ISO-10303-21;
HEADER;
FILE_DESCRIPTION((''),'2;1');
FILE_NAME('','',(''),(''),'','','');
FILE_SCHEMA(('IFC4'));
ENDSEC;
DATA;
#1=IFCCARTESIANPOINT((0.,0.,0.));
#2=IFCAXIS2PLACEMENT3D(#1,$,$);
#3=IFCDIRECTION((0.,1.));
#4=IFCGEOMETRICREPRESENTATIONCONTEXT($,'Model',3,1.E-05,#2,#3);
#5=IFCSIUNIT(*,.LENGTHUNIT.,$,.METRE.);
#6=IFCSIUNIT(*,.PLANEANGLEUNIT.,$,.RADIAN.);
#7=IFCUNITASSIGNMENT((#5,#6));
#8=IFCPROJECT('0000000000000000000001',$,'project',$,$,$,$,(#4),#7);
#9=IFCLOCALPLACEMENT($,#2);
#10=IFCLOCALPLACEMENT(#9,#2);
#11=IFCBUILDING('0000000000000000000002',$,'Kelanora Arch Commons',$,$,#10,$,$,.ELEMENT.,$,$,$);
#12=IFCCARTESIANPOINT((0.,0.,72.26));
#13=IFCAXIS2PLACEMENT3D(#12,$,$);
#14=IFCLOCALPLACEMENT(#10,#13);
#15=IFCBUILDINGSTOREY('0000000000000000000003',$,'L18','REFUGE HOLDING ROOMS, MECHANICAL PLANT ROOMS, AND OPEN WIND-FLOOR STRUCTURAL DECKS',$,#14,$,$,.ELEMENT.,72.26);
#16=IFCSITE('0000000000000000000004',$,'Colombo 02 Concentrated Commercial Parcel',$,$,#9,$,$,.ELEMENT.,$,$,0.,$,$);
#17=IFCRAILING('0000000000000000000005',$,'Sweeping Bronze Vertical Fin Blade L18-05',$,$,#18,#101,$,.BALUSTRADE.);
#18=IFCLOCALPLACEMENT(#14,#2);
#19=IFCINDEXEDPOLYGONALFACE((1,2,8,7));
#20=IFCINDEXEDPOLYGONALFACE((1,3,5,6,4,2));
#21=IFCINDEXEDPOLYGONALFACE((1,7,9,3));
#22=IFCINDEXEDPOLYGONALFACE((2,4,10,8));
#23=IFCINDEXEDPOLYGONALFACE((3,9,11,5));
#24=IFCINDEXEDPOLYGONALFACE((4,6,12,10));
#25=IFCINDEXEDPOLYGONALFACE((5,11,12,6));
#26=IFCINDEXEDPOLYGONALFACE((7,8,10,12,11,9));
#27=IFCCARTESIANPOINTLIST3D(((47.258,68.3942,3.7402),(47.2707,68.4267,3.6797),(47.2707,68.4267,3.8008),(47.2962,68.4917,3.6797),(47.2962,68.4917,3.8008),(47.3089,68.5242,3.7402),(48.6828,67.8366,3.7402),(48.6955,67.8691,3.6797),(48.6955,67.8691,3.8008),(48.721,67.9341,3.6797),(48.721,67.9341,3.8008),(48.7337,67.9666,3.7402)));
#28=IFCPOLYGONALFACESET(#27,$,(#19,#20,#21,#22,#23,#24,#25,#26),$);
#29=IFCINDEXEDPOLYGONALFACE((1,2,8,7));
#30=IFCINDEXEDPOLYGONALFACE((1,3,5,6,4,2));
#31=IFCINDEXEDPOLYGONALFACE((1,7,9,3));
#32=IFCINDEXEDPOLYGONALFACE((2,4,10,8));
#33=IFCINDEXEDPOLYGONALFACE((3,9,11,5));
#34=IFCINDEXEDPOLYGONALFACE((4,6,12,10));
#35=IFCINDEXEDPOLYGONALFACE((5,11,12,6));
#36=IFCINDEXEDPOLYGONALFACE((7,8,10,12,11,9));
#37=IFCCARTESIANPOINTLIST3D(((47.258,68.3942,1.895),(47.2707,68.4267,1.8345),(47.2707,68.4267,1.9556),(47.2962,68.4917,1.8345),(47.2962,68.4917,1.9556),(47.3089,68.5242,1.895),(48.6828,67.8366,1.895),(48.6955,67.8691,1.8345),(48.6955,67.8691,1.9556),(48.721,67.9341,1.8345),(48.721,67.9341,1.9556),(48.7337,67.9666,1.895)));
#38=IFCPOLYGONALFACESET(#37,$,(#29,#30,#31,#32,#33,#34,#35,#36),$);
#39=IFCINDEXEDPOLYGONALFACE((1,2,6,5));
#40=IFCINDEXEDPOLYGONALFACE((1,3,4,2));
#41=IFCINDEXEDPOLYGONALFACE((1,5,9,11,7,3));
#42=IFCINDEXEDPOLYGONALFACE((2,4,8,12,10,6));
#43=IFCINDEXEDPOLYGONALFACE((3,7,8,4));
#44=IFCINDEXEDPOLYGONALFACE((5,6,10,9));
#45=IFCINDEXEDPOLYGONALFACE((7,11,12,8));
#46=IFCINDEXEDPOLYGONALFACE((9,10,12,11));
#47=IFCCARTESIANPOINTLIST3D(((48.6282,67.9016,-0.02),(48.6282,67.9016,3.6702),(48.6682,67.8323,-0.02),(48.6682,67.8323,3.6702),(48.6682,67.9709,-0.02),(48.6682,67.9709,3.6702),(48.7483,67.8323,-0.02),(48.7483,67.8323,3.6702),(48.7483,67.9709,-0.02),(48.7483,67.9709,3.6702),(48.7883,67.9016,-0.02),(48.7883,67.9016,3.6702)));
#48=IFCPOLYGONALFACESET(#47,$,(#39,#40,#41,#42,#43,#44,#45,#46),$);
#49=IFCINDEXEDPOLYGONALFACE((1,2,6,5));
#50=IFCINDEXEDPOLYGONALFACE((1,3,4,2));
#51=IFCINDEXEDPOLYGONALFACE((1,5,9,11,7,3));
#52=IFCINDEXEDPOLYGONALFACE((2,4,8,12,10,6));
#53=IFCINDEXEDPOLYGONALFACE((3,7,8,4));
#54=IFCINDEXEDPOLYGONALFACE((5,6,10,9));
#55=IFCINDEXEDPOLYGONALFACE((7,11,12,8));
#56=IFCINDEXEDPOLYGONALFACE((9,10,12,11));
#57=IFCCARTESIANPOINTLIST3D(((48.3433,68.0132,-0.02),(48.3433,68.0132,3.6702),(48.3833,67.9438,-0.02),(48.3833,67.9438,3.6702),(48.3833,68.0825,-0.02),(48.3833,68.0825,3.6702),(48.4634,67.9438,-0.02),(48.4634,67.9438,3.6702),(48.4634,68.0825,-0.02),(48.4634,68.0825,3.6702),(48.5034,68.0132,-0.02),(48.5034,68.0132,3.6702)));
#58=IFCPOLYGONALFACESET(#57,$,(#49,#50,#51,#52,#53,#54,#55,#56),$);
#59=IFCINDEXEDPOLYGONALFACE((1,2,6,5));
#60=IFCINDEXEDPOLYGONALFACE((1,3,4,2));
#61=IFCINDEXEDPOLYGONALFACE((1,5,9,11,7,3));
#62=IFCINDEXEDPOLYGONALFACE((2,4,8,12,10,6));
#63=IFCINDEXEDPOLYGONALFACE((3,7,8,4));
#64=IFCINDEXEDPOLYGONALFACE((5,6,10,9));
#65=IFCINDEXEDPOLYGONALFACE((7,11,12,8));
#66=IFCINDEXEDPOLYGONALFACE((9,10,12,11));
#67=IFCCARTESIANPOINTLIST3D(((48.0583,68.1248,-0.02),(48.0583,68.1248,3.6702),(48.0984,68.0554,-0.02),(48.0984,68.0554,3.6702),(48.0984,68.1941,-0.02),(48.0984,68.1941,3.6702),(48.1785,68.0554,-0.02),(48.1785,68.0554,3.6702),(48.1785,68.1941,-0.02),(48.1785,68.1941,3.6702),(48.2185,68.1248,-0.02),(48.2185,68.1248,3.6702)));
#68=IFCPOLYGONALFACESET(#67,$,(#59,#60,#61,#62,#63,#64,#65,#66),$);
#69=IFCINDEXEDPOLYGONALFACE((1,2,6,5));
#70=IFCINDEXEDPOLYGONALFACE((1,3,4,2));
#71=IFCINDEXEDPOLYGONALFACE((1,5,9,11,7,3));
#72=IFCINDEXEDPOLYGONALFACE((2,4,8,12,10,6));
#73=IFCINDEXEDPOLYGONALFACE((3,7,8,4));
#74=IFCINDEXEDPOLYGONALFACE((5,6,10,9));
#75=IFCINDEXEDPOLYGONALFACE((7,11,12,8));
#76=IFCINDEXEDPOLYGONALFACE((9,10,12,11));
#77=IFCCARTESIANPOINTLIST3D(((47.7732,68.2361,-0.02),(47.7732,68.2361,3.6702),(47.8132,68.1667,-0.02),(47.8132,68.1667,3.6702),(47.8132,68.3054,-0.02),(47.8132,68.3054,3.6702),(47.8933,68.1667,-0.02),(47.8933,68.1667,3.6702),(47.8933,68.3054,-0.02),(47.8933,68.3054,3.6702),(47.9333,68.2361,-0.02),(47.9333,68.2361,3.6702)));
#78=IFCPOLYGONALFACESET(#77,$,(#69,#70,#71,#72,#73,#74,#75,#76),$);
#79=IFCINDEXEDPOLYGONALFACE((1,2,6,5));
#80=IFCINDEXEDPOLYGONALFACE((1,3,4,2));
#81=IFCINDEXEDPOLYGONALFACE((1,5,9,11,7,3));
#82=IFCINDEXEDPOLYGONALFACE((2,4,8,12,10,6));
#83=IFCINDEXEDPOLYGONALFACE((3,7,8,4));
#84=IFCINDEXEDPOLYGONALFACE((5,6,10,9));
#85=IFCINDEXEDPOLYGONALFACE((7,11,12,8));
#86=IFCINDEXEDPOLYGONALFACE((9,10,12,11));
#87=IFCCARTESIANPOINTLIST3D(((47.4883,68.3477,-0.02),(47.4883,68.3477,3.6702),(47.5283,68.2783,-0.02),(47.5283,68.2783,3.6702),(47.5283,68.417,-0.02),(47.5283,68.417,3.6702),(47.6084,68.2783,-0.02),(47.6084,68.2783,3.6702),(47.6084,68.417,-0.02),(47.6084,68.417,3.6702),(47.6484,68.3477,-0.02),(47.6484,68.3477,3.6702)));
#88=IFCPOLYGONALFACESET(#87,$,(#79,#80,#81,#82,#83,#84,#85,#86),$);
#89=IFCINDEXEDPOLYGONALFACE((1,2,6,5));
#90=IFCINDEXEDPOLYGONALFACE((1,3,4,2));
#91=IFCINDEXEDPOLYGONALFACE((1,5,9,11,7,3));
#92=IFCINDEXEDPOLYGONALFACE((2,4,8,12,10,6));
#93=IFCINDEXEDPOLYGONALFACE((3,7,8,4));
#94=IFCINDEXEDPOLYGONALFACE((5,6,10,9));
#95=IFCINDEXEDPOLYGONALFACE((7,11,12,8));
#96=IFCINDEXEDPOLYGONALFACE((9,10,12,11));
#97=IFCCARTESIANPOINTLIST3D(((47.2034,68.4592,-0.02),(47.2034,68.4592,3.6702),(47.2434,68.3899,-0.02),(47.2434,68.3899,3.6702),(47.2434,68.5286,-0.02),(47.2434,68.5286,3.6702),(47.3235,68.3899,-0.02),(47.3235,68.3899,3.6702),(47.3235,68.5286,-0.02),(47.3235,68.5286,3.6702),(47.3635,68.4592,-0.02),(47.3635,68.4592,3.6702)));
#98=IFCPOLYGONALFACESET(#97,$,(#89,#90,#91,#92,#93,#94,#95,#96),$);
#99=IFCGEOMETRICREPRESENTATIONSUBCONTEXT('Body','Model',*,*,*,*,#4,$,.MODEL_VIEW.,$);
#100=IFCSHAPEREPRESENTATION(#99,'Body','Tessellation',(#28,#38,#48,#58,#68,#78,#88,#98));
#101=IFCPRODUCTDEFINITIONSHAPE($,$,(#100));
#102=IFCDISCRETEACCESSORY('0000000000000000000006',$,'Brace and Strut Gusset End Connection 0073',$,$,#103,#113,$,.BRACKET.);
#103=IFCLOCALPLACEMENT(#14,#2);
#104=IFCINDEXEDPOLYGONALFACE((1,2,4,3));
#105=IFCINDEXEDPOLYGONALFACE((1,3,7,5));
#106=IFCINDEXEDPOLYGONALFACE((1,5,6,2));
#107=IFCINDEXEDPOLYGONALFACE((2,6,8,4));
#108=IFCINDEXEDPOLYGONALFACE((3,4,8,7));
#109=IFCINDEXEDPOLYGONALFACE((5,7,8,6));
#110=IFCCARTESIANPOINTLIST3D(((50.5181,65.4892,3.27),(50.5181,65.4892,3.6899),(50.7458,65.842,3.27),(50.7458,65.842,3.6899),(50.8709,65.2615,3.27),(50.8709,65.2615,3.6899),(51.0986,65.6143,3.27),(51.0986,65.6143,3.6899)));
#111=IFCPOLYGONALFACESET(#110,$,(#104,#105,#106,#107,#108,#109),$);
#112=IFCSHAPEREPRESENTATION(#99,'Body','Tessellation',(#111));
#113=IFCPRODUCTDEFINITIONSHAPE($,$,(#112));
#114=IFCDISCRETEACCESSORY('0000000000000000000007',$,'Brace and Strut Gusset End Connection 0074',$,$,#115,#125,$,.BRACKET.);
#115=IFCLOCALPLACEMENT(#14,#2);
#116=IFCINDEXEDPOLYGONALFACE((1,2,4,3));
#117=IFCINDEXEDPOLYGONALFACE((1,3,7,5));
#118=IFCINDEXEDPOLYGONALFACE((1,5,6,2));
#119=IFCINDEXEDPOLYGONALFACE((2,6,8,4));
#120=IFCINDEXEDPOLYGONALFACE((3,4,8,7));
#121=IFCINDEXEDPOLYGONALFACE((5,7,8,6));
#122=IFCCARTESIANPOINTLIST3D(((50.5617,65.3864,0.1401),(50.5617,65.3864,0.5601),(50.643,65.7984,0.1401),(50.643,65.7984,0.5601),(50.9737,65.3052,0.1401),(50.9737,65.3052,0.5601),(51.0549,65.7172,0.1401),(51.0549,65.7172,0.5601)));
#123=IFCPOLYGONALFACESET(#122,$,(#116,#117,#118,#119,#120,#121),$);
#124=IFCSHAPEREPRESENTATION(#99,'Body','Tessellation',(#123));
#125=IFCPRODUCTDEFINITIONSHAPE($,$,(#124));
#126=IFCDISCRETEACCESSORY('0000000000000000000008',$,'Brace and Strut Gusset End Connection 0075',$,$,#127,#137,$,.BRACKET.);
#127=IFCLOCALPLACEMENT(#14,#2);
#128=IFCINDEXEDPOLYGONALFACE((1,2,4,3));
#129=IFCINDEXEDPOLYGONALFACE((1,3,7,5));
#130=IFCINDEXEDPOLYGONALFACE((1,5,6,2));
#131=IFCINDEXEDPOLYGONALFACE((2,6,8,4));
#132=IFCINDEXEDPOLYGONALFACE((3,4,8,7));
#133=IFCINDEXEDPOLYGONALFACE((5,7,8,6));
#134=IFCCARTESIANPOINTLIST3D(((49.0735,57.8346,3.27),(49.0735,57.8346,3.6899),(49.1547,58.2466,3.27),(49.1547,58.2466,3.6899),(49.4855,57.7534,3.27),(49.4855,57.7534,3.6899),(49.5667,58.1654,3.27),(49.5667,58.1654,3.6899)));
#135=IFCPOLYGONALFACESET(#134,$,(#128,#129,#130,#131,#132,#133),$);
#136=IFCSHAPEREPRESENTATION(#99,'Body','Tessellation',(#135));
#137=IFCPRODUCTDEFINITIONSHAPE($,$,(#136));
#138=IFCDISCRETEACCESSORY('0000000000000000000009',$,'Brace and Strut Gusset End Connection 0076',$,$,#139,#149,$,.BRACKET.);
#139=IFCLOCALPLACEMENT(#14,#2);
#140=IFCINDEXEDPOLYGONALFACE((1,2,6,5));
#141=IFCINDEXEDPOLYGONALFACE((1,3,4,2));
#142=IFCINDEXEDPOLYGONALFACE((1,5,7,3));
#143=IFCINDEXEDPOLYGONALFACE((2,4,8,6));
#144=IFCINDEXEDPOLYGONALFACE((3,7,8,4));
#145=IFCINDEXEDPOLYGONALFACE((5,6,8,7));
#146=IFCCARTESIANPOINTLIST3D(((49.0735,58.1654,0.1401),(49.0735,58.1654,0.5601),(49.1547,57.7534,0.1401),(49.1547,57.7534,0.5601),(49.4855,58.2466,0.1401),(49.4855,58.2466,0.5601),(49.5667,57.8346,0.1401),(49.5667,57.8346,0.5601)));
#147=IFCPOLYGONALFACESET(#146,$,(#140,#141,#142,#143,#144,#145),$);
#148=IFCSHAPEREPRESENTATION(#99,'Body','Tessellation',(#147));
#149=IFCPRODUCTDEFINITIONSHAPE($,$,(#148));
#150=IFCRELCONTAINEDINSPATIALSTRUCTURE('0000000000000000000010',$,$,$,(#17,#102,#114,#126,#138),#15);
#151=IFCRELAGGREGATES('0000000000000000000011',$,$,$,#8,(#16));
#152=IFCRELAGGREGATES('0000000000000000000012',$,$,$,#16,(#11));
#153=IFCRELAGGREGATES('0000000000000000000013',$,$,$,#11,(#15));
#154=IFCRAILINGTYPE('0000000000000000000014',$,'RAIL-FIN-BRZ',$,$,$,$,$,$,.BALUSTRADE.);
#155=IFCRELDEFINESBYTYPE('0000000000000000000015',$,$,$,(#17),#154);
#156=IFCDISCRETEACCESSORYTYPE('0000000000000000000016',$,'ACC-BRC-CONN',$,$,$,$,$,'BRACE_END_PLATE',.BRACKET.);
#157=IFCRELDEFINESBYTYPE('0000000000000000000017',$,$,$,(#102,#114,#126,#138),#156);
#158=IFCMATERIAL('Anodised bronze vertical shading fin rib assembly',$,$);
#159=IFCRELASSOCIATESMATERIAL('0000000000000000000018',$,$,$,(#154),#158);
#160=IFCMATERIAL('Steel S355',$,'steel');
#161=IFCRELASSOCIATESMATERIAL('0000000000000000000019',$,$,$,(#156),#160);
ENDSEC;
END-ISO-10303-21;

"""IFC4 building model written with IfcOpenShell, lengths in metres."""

from ifc_helpers import new_model, si_unit, direction, frame, origin, origin_2d, place, context, subcontext, project, spatial, polyline, rectangle, outline, extrude, source, transform, mapped, material, type_object, element, save


model = new_model("IFC4")

# Units and contexts
model_context = context("Model", 3, precision=1e-05, world=origin(), true_north=direction((0.0, 1.0)))
body_context = subcontext(model_context, "Body", "Model", "MODEL_VIEW")
ifc_project = project(units=[si_unit("LENGTHUNIT", "METRE"), si_unit("PLANEANGLEUNIT", "RADIAN")], contexts=[model_context])

# Site, building, storey
site_placement = place(None, origin())
site = spatial("IfcSite", under=ifc_project, at=site_placement, Name="Colombo 02 Concentrated Commercial Parcel", CompositionType="ELEMENT", RefElevation=0.0)
building_placement = place(site_placement, origin())
building = spatial("IfcBuilding", under=site, at=building_placement, Name="Kelanora Arch Commons", CompositionType="ELEMENT")
storey_placement = place(building_placement, frame((0.0, 0.0, 72.26)))
storey = spatial("IfcBuildingStorey", under=building, at=storey_placement, Name="L18", Description="REFUGE HOLDING ROOMS, MECHANICAL PLANT ROOMS, AND OPEN WIND-FLOOR STRUCTURAL DECKS", CompositionType="ELEMENT", Elevation=72.26)

# Shared definitions
ifc_material_1 = material(Name="Steel S355", Category="steel")

# Railing
ifc_material_2 = material(Name="Anodised bronze vertical shading fin rib assembly")
railing_type = type_object("IfcRailingType", Name="RAIL-FIN-BRZ", PredefinedType="BALUSTRADE", material=ifc_material_2)
railing_placement = place(storey_placement, frame((48.7083, 67.9016, -0.02)))
element("IfcRailing", 1, at=railing_placement, inside=storey, type_object=railing_type, Name="Sweeping Bronze Vertical Fin Blade L18-05", PredefinedType="BALUSTRADE", context=body_context, shape_type="SweptSolid", body=[
    extrude(outline(polyline([(0.0698, 0.0), (0.0349, 0.0605), (-0.0349, 0.0605), (-0.0698, 0.0), (-0.0349, -0.0605), (0.0349, -0.0605), (0.0698, 0.0)])), frame((0.0, 0.0, 3.7603), z_axis=(-0.931224, 0.364447, 0.0), x_axis=(-0.364447, -0.931224, 0.0)), (0.0, 0.0, 1.0), 1.53),
    extrude(outline(polyline([(0.0698, 0.0), (0.0349, 0.0605), (-0.0349, 0.0605), (-0.0698, 0.0), (-0.0349, -0.0605), (0.0349, -0.0605), (0.0698, 0.0)])), frame((0.0, 0.0, 1.915), z_axis=(-0.931224, 0.364447, 0.0), x_axis=(-0.364447, -0.931224, 0.0)), (0.0, 0.0, 1.0), 1.53),
    extrude(outline(polyline([(0.0801, 0.0), (0.04, 0.0693), (-0.04, 0.0693), (-0.0801, 0.0), (-0.04, -0.0693), (0.04, -0.0693), (0.0801, 0.0)])), origin(), (0.0, 0.0, 1.0), 3.6902),
    extrude(outline(polyline([(0.0801, 0.0), (0.04, 0.0693), (-0.04, 0.0693), (-0.0801, 0.0), (-0.04, -0.0693), (0.04, -0.0693), (0.0801, 0.0)])), frame((-0.2849, 0.1116, 0.0)), (0.0, 0.0, 1.0), 3.6902),
    extrude(outline(polyline([(0.0801, 0.0), (0.04, 0.0693), (-0.04, 0.0693), (-0.0801, 0.0), (-0.04, -0.0693), (0.04, -0.0693), (0.0801, 0.0)])), frame((-0.5698, 0.2231, 0.0)), (0.0, 0.0, 1.0), 3.6902),
    extrude(outline(polyline([(0.0801, 0.0), (0.04, 0.0693), (-0.04, 0.0693), (-0.0801, 0.0), (-0.04, -0.0693), (0.04, -0.0693), (0.0801, 0.0)])), frame((-0.855, 0.3345, 0.0)), (0.0, 0.0, 1.0), 3.6902),
    extrude(outline(polyline([(0.0801, 0.0), (0.04, 0.0693), (-0.04, 0.0693), (-0.0801, 0.0), (-0.04, -0.0693), (0.04, -0.0693), (0.0801, 0.0)])), frame((-1.1399, 0.446, 0.0)), (0.0, 0.0, 1.0), 3.6902),
    extrude(outline(polyline([(0.0801, 0.0), (0.04, 0.0693), (-0.04, 0.0693), (-0.0801, 0.0), (-0.04, -0.0693), (0.04, -0.0693), (0.0801, 0.0)])), frame((-1.4248, 0.5576, 0.0)), (0.0, 0.0, 1.0), 3.6902),
])

# Discrete accessories
discrete_accessory_type = type_object("IfcDiscreteAccessoryType", Name="ACC-BRC-CONN", ElementType="BRACE_END_PLATE", PredefinedType="BRACKET", material=ifc_material_1)
shared_shape = source(origin(), body_context, "Body", "SweptSolid", [
    extrude(rectangle(XDim=0.4199, YDim=0.4199, at=origin_2d()), origin(), (0.0, 0.0, 1.0), 0.4199),
])
for number, where, z_axis, x_axis, name in (
    (2, (50.8083, 65.5518, 3.27), (0.0, 0.0, 1.0), (-0.542295, -0.840188, 0.0), "Brace and Strut Gusset End Connection 0073"),
    (3, (50.8083, 65.5518, 0.1401), (0.0, 0.0, 1.0), (-0.193378, -0.981124, 0.0), "Brace and Strut Gusset End Connection 0074"),
    (4, (49.3201, 58.0, 3.27), (0.0, 0.0, 1.0), (-0.193378, -0.981124, 0.0), "Brace and Strut Gusset End Connection 0075"),
    (5, (49.3201, 58.0, 0.1401), (0.0, 0.0, 1.0), (0.193378, -0.981124, 0.0), "Brace and Strut Gusset End Connection 0076"),
):
    element("IfcDiscreteAccessory", number, at=place(storey_placement, frame(where, z_axis=z_axis, x_axis=x_axis)), inside=storey, type_object=discrete_accessory_type, Name=name, PredefinedType="BRACKET", context=body_context, shape_type="MappedRepresentation", body=[
        mapped(shared_shape, transform((0.0, 0.0, 0.0), scale=1.0)),
    ])

save(model, "model.ifc")
